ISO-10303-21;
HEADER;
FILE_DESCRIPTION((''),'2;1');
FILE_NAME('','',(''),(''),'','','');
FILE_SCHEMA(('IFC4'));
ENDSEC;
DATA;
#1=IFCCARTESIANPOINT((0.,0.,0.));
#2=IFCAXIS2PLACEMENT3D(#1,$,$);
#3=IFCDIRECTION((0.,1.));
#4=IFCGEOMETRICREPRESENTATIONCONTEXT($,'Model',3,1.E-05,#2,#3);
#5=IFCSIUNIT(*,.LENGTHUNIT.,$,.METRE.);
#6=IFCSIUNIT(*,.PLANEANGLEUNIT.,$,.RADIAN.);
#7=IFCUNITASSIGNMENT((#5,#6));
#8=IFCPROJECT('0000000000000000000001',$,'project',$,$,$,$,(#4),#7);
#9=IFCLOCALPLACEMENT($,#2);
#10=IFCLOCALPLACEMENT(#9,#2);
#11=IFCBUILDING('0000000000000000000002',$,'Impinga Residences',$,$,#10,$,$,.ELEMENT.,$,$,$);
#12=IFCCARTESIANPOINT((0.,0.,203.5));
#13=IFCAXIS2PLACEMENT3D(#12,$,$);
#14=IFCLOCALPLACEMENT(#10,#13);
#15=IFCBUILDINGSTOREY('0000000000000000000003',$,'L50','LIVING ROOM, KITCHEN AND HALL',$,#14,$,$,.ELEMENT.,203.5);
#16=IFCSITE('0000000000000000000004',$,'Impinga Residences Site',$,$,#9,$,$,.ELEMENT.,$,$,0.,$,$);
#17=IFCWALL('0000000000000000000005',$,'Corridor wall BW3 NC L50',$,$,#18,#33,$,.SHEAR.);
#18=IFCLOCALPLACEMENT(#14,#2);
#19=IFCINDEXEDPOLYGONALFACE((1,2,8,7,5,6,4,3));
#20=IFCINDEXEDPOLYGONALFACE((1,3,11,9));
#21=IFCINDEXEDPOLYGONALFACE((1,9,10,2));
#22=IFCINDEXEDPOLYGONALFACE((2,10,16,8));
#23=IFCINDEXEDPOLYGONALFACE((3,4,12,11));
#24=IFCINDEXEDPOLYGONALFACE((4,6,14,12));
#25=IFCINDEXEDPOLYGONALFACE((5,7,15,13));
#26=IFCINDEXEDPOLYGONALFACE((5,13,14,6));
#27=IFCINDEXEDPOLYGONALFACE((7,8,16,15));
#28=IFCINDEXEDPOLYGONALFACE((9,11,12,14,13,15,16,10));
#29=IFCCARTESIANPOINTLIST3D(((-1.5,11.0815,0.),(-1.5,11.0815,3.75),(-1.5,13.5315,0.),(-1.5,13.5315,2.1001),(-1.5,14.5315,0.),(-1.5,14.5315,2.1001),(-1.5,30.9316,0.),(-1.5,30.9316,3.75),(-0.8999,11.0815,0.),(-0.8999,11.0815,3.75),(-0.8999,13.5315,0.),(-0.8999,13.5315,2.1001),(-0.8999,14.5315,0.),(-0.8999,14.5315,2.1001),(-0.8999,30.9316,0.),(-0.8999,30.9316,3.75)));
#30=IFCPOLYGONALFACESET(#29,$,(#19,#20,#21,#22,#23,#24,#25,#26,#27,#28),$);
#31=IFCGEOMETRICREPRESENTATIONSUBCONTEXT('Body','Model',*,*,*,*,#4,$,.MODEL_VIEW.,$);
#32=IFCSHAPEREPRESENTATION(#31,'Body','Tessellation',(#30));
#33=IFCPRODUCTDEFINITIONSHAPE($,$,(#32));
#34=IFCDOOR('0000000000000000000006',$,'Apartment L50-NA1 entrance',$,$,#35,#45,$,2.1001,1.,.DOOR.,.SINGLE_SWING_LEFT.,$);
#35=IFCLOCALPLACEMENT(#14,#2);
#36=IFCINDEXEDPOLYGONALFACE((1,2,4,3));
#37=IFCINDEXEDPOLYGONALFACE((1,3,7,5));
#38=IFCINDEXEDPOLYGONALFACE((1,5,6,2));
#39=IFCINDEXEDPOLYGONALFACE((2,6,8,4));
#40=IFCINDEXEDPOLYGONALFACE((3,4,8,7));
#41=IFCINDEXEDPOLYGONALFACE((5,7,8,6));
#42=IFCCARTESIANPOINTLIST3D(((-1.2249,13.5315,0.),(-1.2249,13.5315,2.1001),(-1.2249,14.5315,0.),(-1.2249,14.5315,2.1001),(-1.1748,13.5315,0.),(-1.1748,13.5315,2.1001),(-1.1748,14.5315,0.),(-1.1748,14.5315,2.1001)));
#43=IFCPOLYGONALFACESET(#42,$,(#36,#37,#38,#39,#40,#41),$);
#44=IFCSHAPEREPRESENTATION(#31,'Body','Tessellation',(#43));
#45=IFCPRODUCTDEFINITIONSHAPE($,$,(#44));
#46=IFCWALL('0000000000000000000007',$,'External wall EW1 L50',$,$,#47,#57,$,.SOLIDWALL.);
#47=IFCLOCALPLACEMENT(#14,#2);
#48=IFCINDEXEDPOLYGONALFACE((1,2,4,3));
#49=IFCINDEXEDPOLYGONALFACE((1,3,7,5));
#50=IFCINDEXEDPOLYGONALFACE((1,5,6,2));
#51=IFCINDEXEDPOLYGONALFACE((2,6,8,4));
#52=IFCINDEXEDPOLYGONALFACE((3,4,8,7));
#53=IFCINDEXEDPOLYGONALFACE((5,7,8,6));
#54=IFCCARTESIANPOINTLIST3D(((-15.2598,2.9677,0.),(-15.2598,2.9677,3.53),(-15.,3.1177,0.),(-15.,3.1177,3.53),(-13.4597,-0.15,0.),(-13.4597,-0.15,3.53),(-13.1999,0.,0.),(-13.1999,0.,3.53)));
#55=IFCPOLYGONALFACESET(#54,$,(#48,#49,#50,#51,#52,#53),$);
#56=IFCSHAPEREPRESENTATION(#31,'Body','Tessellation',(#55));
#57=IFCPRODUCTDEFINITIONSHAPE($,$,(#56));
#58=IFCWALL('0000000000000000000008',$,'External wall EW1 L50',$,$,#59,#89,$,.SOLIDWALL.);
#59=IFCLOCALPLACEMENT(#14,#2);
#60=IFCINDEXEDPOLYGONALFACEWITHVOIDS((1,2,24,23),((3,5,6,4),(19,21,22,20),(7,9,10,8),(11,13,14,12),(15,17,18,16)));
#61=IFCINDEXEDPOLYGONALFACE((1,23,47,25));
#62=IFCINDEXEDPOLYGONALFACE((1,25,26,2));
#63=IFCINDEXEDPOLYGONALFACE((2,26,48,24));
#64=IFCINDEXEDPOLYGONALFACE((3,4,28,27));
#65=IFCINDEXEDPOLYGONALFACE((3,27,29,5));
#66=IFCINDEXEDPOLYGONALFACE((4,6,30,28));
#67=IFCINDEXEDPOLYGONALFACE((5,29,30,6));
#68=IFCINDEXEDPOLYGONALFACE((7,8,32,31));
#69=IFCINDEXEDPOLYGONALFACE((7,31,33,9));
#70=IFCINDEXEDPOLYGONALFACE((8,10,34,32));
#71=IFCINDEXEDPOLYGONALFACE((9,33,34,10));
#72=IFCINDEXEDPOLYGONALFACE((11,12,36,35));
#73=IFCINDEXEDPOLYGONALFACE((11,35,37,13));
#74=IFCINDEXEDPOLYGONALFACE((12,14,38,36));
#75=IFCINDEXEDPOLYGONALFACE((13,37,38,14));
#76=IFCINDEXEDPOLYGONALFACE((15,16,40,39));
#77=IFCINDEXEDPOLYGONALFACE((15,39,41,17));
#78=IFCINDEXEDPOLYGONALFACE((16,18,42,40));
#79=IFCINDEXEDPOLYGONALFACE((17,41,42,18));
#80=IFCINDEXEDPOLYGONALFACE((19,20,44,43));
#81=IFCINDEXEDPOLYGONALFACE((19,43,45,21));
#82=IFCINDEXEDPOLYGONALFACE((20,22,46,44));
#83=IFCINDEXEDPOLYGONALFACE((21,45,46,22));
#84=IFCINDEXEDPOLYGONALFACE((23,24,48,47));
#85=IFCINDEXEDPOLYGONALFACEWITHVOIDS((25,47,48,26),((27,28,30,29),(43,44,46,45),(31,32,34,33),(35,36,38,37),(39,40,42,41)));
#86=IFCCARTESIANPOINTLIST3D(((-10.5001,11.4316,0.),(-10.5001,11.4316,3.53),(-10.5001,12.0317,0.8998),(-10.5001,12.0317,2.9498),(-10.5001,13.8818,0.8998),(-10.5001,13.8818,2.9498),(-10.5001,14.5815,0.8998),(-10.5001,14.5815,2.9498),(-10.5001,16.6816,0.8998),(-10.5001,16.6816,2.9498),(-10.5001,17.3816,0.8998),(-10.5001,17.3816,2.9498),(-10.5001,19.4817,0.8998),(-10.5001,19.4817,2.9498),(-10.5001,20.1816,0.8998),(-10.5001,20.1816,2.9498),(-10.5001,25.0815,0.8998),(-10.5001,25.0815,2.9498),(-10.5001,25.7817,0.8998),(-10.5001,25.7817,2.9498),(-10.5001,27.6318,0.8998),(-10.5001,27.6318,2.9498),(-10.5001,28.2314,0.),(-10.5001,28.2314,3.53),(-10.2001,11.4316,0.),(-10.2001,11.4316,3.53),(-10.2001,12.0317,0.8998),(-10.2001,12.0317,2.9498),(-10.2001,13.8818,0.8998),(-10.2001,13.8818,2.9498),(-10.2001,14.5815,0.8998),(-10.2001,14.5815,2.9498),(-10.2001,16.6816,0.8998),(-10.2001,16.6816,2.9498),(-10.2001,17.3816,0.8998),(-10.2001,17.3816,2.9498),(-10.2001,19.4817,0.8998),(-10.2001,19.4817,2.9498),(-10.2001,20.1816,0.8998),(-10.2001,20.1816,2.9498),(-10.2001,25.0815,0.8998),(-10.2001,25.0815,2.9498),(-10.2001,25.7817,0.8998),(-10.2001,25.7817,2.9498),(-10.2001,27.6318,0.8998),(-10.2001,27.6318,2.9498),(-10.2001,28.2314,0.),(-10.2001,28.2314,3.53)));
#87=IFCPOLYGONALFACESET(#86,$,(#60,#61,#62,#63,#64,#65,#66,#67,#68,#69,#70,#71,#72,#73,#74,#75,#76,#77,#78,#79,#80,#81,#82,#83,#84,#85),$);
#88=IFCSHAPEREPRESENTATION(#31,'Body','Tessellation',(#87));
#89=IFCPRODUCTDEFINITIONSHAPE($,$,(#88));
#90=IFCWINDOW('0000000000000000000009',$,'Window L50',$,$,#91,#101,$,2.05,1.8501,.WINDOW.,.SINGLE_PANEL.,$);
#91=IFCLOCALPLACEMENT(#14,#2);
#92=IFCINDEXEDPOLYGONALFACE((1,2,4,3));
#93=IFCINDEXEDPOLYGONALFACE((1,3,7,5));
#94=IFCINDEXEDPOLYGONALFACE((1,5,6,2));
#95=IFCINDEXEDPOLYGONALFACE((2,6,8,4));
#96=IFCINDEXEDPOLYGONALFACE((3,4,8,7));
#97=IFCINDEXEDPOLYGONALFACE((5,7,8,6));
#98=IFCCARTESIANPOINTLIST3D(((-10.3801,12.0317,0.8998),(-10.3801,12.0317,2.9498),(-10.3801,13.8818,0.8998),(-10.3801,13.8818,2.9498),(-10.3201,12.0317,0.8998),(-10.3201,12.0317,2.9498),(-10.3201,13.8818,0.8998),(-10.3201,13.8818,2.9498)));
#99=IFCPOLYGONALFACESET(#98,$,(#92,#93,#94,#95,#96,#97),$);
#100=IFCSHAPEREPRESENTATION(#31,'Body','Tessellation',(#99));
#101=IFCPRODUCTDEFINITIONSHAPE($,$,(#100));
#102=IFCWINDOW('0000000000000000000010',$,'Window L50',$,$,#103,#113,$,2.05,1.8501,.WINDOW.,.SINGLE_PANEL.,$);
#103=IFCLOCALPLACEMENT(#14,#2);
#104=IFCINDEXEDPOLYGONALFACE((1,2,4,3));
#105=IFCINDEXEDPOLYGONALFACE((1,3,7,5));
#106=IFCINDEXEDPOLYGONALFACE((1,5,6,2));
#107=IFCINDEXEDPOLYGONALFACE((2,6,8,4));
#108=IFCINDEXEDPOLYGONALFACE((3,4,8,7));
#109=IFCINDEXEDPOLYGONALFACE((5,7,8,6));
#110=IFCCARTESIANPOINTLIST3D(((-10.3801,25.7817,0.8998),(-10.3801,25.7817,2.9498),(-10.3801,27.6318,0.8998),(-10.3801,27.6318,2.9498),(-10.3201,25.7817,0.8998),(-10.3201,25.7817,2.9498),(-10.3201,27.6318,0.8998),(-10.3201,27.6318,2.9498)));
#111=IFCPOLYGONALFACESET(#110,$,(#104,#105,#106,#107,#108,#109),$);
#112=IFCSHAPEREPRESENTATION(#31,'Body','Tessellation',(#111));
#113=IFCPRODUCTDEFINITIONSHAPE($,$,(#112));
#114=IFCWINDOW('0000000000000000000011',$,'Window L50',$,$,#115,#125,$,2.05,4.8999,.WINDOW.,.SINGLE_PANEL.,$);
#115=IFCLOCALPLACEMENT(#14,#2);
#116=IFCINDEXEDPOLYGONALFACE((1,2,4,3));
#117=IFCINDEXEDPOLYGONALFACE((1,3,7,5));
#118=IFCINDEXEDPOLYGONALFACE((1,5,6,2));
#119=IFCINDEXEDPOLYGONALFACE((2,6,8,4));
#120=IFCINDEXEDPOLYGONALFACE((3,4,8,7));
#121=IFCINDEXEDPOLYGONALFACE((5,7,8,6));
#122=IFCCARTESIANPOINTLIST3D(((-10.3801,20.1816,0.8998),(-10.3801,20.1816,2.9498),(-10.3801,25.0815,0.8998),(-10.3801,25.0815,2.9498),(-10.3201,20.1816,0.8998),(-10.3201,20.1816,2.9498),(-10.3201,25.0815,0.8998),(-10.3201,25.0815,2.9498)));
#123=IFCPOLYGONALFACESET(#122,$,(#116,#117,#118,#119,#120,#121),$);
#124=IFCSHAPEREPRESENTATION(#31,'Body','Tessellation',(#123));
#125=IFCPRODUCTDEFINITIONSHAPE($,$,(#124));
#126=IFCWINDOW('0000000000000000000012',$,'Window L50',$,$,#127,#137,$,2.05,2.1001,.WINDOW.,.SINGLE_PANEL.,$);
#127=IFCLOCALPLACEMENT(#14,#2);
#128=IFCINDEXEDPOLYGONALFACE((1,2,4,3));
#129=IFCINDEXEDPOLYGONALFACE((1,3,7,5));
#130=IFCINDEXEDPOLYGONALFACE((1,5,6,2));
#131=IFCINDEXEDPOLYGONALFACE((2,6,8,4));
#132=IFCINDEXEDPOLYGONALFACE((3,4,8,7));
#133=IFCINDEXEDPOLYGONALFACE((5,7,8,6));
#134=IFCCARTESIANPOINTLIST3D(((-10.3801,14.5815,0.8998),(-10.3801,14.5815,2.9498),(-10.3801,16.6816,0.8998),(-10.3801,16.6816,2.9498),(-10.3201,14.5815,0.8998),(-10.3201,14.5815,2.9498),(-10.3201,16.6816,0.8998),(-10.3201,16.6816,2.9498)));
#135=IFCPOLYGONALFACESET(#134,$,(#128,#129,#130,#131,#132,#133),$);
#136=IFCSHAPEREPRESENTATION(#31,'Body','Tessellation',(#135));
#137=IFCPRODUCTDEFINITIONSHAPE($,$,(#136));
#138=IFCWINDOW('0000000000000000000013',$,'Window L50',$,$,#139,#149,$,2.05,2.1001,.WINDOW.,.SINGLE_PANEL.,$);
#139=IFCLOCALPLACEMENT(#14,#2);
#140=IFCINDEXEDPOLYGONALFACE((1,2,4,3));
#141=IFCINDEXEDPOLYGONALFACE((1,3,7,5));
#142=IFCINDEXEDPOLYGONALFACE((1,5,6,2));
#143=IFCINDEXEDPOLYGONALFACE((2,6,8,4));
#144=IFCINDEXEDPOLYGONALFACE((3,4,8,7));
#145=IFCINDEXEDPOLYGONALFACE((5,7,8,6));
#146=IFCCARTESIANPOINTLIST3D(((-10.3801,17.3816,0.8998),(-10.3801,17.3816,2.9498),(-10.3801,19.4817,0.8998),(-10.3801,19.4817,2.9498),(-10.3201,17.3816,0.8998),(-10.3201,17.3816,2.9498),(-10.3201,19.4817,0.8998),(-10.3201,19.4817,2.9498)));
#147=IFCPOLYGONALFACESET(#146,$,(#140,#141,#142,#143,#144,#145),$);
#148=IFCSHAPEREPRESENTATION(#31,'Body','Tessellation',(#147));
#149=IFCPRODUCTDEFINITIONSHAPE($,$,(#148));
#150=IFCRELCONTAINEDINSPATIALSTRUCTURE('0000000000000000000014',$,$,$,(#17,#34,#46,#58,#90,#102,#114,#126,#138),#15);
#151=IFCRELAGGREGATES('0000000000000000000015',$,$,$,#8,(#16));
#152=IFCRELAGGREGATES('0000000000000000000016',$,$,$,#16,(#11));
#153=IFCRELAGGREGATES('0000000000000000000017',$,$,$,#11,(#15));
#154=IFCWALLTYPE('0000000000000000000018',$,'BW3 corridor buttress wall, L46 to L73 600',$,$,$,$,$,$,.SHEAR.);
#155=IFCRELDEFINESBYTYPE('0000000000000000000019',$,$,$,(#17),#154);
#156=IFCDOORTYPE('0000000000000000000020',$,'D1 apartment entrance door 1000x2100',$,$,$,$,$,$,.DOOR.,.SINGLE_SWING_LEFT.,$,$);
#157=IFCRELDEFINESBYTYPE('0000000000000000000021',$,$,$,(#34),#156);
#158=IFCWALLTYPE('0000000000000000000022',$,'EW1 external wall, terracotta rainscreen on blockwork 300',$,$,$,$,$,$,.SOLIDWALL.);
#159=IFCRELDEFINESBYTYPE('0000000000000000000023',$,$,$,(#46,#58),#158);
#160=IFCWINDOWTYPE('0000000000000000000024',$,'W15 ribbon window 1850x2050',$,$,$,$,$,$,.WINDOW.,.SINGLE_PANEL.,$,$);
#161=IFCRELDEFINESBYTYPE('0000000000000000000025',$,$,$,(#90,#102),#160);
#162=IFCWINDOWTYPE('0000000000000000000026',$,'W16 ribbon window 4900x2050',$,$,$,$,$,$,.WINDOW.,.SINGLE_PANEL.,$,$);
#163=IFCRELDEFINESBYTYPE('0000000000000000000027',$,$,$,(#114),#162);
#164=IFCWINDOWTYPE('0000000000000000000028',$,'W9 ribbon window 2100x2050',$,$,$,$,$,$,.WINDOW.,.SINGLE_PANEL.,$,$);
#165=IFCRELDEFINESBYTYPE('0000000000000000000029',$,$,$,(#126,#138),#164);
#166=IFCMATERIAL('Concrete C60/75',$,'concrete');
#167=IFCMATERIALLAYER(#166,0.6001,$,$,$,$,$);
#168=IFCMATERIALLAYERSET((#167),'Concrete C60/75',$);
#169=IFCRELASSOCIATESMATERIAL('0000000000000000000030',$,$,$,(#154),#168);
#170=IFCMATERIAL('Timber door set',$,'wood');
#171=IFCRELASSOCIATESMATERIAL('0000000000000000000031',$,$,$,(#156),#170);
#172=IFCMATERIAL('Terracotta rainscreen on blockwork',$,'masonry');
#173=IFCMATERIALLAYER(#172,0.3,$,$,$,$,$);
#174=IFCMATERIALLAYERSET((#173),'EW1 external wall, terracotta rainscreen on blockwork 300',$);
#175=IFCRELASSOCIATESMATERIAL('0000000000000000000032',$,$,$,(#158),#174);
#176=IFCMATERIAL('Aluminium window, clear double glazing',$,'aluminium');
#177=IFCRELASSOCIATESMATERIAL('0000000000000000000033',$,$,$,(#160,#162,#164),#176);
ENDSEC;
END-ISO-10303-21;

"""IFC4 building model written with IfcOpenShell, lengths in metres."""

from ifc_helpers import new_model, si_unit, direction, frame, frame_2d, origin, place, context, subcontext, project, spatial, rectangle, extrude, material, layer, layer_set, type_object, element, fill, save


model = new_model("IFC4")

# Units and contexts
model_context = context("Model", 3, precision=1e-05, world=origin(), true_north=direction((0.0, 1.0)))
body_context = subcontext(model_context, "Body", "Model", "MODEL_VIEW")
ifc_project = project(units=[si_unit("LENGTHUNIT", "METRE"), si_unit("PLANEANGLEUNIT", "RADIAN")], contexts=[model_context])

# Site, building, storey
site_placement = place(None, origin())
site = spatial("IfcSite", under=ifc_project, at=site_placement, Name="Impinga Residences Site", CompositionType="ELEMENT", RefElevation=0.0)
building_placement = place(site_placement, origin())
building = spatial("IfcBuilding", under=site, at=building_placement, Name="Impinga Residences", CompositionType="ELEMENT")
storey_placement = place(building_placement, frame((0.0, 0.0, 203.5)))
storey = spatial("IfcBuildingStorey", under=building, at=storey_placement, Name="L50", Description="LIVING ROOM, KITCHEN AND HALL", CompositionType="ELEMENT", Elevation=203.5)

# Wall, opening, door
ifc_material_1 = material(Name="Concrete C60/75", Category="concrete")
ifc_layer_1 = layer(ifc_material_1, 0.6001)
ifc_layer_set_1 = layer_set([ifc_layer_1], Name="Concrete C60/75")
wall_type_1 = type_object("IfcWallType", Name="BW3 corridor buttress wall, L46 to L73 600", PredefinedType="SHEAR", material=ifc_layer_set_1)
wall_1_placement = place(storey_placement, frame((-1.2, 11.0815, 0.0), z_axis=(0.0, 0.0, 1.0), x_axis=(0.0, 1.0, 0.0)))
wall_1 = element("IfcWall", 1, at=wall_1_placement, inside=storey, type_object=wall_type_1, Name="Corridor wall BW3 NC L50", PredefinedType="SHEAR", context=body_context, shape_type="SweptSolid", body=[
    extrude(rectangle(XDim=19.8501, YDim=0.6001, at=frame_2d((9.925, 0.0))), origin(), (0.0, 0.0, 1.0), 3.75),
])
opening_1_placement = place(wall_1_placement, frame((2.45, 0.0, 0.0)))
opening_1 = element("IfcOpeningElement", 2, at=opening_1_placement, cuts=wall_1, PredefinedType="OPENING", context=body_context, shape_type="SweptSolid", body=[
    extrude(rectangle(XDim=1.0, YDim=2.1001, at=frame_2d((0.5, 1.05))), frame((0.0, 0.3101, 0.0), z_axis=(0.0, -1.0, 0.0), x_axis=(1.0, 0.0, 0.0)), (0.0, 0.0, 1.0), 0.6201),
])
ifc_material_2 = material(Name="Timber door set", Category="wood")
door_type_1 = type_object("IfcDoorType", Name="D1 apartment entrance door 1000x2100", OperationType="SINGLE_SWING_LEFT", PredefinedType="DOOR", material=ifc_material_2)
door_1_placement = place(opening_1_placement, origin())
door_1 = element("IfcDoor", 3, at=door_1_placement, inside=storey, type_object=door_type_1, Name="Apartment L50-NA1 entrance", OperationType="SINGLE_SWING_LEFT", OverallHeight=2.1001, OverallWidth=1.0, PredefinedType="DOOR", context=body_context, shape_type="SweptSolid", body=[
    extrude(rectangle(XDim=1.0, YDim=2.1001, at=frame_2d((0.5, 1.05))), frame((0.0, 0.0249, 0.0), z_axis=(0.0, -1.0, 0.0), x_axis=(1.0, 0.0, 0.0)), (0.0, 0.0, 1.0), 0.05),
])
fill(opening_1, door_1)

# Wall
ifc_material_3 = material(Name="Terracotta rainscreen on blockwork", Category="masonry")
ifc_layer_2 = layer(ifc_material_3, 0.3)
ifc_layer_set_2 = layer_set([ifc_layer_2], Name="EW1 external wall, terracotta rainscreen on blockwork 300")
wall_type_2 = type_object("IfcWallType", Name="EW1 external wall, terracotta rainscreen on blockwork 300", PredefinedType="SOLIDWALL", material=ifc_layer_set_2)
wall_2_placement = place(storey_placement, frame((-15.1299, 3.0427, 0.0), z_axis=(0.0, 0.0, 1.0), x_axis=(0.500012, -0.866018, 0.0)))
element("IfcWall", 4, at=wall_2_placement, inside=storey, type_object=wall_type_2, Name="External wall EW1 L50", PredefinedType="SOLIDWALL", context=body_context, shape_type="SweptSolid", body=[
    extrude(rectangle(XDim=3.6001, YDim=0.3, at=frame_2d((1.8, 0.0))), origin(), (0.0, 0.0, 1.0), 3.53),
])

# Wall, openings, windows
wall_3_placement = place(storey_placement, frame((-10.3501, 11.4316, 0.0), z_axis=(0.0, 0.0, 1.0), x_axis=(0.0, 1.0, 0.0)))
wall_3 = element("IfcWall", 5, at=wall_3_placement, inside=storey, type_object=wall_type_2, Name="External wall EW1 L50", PredefinedType="SOLIDWALL", context=body_context, shape_type="SweptSolid", body=[
    extrude(rectangle(XDim=16.7998, YDim=0.3, at=frame_2d((8.3999, 0.0))), origin(), (0.0, 0.0, 1.0), 3.53),
])
opening_2_placement = place(wall_3_placement, frame((0.6001, 0.0, 0.8999)))
opening_2 = element("IfcOpeningElement", 6, at=opening_2_placement, cuts=wall_3, PredefinedType="OPENING", context=body_context, shape_type="SweptSolid", body=[
    extrude(rectangle(XDim=1.8501, YDim=2.05, at=frame_2d((0.925, 1.0249))), frame((0.0, 0.1599, 0.0), z_axis=(0.0, -1.0, 0.0), x_axis=(1.0, 0.0, 0.0)), (0.0, 0.0, 1.0), 0.3201),
])
opening_3_placement = place(wall_3_placement, frame((3.1499, 0.0, 0.8999)))
opening_3 = element("IfcOpeningElement", 7, at=opening_3_placement, cuts=wall_3, PredefinedType="OPENING", context=body_context, shape_type="SweptSolid", body=[
    extrude(rectangle(XDim=2.1001, YDim=2.05, at=frame_2d((1.05, 1.0249))), frame((0.0, 0.1599, 0.0), z_axis=(0.0, -1.0, 0.0), x_axis=(1.0, 0.0, 0.0)), (0.0, 0.0, 1.0), 0.3201),
])
opening_4_placement = place(wall_3_placement, frame((5.95, 0.0, 0.8999)))
opening_4 = element("IfcOpeningElement", 8, at=opening_4_placement, cuts=wall_3, PredefinedType="OPENING", context=body_context, shape_type="SweptSolid", body=[
    extrude(rectangle(XDim=2.1001, YDim=2.05, at=frame_2d((1.05, 1.0249))), frame((0.0, 0.1599, 0.0), z_axis=(0.0, -1.0, 0.0), x_axis=(1.0, 0.0, 0.0)), (0.0, 0.0, 1.0), 0.3201),
])
opening_5_placement = place(wall_3_placement, frame((8.75, 0.0, 0.8999)))
opening_5 = element("IfcOpeningElement", 9, at=opening_5_placement, cuts=wall_3, PredefinedType="OPENING", context=body_context, shape_type="SweptSolid", body=[
    extrude(rectangle(XDim=4.8999, YDim=2.05, at=frame_2d((2.45, 1.0249))), frame((0.0, 0.1599, 0.0), z_axis=(0.0, -1.0, 0.0), x_axis=(1.0, 0.0, 0.0)), (0.0, 0.0, 1.0), 0.3201),
])
opening_6_placement = place(wall_3_placement, frame((14.3501, 0.0, 0.8999)))
opening_6 = element("IfcOpeningElement", 10, at=opening_6_placement, cuts=wall_3, PredefinedType="OPENING", context=body_context, shape_type="SweptSolid", body=[
    extrude(rectangle(XDim=1.8501, YDim=2.05, at=frame_2d((0.925, 1.0249))), frame((0.0, 0.1599, 0.0), z_axis=(0.0, -1.0, 0.0), x_axis=(1.0, 0.0, 0.0)), (0.0, 0.0, 1.0), 0.3201),
])
ifc_material_4 = material(Name="Aluminium window, clear double glazing", Category="aluminium")
window_type_1 = type_object("IfcWindowType", Name="W15 ribbon window 1850x2050", PartitioningType="SINGLE_PANEL", PredefinedType="WINDOW", material=ifc_material_4)
window_1_placement = place(opening_2_placement, origin())
window_1 = element("IfcWindow", 11, at=window_1_placement, inside=storey, type_object=window_type_1, Name="Window L50", OverallHeight=2.05, OverallWidth=1.8501, PartitioningType="SINGLE_PANEL", PredefinedType="WINDOW", context=body_context, shape_type="SweptSolid", body=[
    extrude(rectangle(XDim=1.8501, YDim=2.05, at=frame_2d((0.925, 1.0249))), frame((0.0, 0.03, 0.0), z_axis=(0.0, -1.0, 0.0), x_axis=(1.0, 0.0, 0.0)), (0.0, 0.0, 1.0), 0.0601),
])
fill(opening_2, window_1)
window_2_placement = place(opening_6_placement, origin())
window_2 = element("IfcWindow", 12, at=window_2_placement, inside=storey, type_object=window_type_1, Name="Window L50", OverallHeight=2.05, OverallWidth=1.8501, PartitioningType="SINGLE_PANEL", PredefinedType="WINDOW", context=body_context, shape_type="SweptSolid", body=[
    extrude(rectangle(XDim=1.8501, YDim=2.05, at=frame_2d((0.925, 1.0249))), frame((0.0, 0.03, 0.0), z_axis=(0.0, -1.0, 0.0), x_axis=(1.0, 0.0, 0.0)), (0.0, 0.0, 1.0), 0.0601),
])
fill(opening_6, window_2)
window_type_2 = type_object("IfcWindowType", Name="W16 ribbon window 4900x2050", PartitioningType="SINGLE_PANEL", PredefinedType="WINDOW", material=ifc_material_4)
window_3_placement = place(opening_5_placement, origin())
window_3 = element("IfcWindow", 13, at=window_3_placement, inside=storey, type_object=window_type_2, Name="Window L50", OverallHeight=2.05, OverallWidth=4.8999, PartitioningType="SINGLE_PANEL", PredefinedType="WINDOW", context=body_context, shape_type="SweptSolid", body=[
    extrude(rectangle(XDim=4.8999, YDim=2.05, at=frame_2d((2.45, 1.0249))), frame((0.0, 0.03, 0.0), z_axis=(0.0, -1.0, 0.0), x_axis=(1.0, 0.0, 0.0)), (0.0, 0.0, 1.0), 0.0601),
])
fill(opening_5, window_3)
window_type_3 = type_object("IfcWindowType", Name="W9 ribbon window 2100x2050", PartitioningType="SINGLE_PANEL", PredefinedType="WINDOW", material=ifc_material_4)
window_4_placement = place(opening_3_placement, origin())
window_4 = element("IfcWindow", 14, at=window_4_placement, inside=storey, type_object=window_type_3, Name="Window L50", OverallHeight=2.05, OverallWidth=2.1001, PartitioningType="SINGLE_PANEL", PredefinedType="WINDOW", context=body_context, shape_type="SweptSolid", body=[
    extrude(rectangle(XDim=2.1001, YDim=2.05, at=frame_2d((1.05, 1.0249))), frame((0.0, 0.03, 0.0), z_axis=(0.0, -1.0, 0.0), x_axis=(1.0, 0.0, 0.0)), (0.0, 0.0, 1.0), 0.0601),
])
fill(opening_3, window_4)
window_5_placement = place(opening_4_placement, origin())
window_5 = element("IfcWindow", 15, at=window_5_placement, inside=storey, type_object=window_type_3, Name="Window L50", OverallHeight=2.05, OverallWidth=2.1001, PartitioningType="SINGLE_PANEL", PredefinedType="WINDOW", context=body_context, shape_type="SweptSolid", body=[
    extrude(rectangle(XDim=2.1001, YDim=2.05, at=frame_2d((1.05, 1.0249))), frame((0.0, 0.03, 0.0), z_axis=(0.0, -1.0, 0.0), x_axis=(1.0, 0.0, 0.0)), (0.0, 0.0, 1.0), 0.0601),
])
fill(opening_4, window_5)

save(model, "model.ifc")
